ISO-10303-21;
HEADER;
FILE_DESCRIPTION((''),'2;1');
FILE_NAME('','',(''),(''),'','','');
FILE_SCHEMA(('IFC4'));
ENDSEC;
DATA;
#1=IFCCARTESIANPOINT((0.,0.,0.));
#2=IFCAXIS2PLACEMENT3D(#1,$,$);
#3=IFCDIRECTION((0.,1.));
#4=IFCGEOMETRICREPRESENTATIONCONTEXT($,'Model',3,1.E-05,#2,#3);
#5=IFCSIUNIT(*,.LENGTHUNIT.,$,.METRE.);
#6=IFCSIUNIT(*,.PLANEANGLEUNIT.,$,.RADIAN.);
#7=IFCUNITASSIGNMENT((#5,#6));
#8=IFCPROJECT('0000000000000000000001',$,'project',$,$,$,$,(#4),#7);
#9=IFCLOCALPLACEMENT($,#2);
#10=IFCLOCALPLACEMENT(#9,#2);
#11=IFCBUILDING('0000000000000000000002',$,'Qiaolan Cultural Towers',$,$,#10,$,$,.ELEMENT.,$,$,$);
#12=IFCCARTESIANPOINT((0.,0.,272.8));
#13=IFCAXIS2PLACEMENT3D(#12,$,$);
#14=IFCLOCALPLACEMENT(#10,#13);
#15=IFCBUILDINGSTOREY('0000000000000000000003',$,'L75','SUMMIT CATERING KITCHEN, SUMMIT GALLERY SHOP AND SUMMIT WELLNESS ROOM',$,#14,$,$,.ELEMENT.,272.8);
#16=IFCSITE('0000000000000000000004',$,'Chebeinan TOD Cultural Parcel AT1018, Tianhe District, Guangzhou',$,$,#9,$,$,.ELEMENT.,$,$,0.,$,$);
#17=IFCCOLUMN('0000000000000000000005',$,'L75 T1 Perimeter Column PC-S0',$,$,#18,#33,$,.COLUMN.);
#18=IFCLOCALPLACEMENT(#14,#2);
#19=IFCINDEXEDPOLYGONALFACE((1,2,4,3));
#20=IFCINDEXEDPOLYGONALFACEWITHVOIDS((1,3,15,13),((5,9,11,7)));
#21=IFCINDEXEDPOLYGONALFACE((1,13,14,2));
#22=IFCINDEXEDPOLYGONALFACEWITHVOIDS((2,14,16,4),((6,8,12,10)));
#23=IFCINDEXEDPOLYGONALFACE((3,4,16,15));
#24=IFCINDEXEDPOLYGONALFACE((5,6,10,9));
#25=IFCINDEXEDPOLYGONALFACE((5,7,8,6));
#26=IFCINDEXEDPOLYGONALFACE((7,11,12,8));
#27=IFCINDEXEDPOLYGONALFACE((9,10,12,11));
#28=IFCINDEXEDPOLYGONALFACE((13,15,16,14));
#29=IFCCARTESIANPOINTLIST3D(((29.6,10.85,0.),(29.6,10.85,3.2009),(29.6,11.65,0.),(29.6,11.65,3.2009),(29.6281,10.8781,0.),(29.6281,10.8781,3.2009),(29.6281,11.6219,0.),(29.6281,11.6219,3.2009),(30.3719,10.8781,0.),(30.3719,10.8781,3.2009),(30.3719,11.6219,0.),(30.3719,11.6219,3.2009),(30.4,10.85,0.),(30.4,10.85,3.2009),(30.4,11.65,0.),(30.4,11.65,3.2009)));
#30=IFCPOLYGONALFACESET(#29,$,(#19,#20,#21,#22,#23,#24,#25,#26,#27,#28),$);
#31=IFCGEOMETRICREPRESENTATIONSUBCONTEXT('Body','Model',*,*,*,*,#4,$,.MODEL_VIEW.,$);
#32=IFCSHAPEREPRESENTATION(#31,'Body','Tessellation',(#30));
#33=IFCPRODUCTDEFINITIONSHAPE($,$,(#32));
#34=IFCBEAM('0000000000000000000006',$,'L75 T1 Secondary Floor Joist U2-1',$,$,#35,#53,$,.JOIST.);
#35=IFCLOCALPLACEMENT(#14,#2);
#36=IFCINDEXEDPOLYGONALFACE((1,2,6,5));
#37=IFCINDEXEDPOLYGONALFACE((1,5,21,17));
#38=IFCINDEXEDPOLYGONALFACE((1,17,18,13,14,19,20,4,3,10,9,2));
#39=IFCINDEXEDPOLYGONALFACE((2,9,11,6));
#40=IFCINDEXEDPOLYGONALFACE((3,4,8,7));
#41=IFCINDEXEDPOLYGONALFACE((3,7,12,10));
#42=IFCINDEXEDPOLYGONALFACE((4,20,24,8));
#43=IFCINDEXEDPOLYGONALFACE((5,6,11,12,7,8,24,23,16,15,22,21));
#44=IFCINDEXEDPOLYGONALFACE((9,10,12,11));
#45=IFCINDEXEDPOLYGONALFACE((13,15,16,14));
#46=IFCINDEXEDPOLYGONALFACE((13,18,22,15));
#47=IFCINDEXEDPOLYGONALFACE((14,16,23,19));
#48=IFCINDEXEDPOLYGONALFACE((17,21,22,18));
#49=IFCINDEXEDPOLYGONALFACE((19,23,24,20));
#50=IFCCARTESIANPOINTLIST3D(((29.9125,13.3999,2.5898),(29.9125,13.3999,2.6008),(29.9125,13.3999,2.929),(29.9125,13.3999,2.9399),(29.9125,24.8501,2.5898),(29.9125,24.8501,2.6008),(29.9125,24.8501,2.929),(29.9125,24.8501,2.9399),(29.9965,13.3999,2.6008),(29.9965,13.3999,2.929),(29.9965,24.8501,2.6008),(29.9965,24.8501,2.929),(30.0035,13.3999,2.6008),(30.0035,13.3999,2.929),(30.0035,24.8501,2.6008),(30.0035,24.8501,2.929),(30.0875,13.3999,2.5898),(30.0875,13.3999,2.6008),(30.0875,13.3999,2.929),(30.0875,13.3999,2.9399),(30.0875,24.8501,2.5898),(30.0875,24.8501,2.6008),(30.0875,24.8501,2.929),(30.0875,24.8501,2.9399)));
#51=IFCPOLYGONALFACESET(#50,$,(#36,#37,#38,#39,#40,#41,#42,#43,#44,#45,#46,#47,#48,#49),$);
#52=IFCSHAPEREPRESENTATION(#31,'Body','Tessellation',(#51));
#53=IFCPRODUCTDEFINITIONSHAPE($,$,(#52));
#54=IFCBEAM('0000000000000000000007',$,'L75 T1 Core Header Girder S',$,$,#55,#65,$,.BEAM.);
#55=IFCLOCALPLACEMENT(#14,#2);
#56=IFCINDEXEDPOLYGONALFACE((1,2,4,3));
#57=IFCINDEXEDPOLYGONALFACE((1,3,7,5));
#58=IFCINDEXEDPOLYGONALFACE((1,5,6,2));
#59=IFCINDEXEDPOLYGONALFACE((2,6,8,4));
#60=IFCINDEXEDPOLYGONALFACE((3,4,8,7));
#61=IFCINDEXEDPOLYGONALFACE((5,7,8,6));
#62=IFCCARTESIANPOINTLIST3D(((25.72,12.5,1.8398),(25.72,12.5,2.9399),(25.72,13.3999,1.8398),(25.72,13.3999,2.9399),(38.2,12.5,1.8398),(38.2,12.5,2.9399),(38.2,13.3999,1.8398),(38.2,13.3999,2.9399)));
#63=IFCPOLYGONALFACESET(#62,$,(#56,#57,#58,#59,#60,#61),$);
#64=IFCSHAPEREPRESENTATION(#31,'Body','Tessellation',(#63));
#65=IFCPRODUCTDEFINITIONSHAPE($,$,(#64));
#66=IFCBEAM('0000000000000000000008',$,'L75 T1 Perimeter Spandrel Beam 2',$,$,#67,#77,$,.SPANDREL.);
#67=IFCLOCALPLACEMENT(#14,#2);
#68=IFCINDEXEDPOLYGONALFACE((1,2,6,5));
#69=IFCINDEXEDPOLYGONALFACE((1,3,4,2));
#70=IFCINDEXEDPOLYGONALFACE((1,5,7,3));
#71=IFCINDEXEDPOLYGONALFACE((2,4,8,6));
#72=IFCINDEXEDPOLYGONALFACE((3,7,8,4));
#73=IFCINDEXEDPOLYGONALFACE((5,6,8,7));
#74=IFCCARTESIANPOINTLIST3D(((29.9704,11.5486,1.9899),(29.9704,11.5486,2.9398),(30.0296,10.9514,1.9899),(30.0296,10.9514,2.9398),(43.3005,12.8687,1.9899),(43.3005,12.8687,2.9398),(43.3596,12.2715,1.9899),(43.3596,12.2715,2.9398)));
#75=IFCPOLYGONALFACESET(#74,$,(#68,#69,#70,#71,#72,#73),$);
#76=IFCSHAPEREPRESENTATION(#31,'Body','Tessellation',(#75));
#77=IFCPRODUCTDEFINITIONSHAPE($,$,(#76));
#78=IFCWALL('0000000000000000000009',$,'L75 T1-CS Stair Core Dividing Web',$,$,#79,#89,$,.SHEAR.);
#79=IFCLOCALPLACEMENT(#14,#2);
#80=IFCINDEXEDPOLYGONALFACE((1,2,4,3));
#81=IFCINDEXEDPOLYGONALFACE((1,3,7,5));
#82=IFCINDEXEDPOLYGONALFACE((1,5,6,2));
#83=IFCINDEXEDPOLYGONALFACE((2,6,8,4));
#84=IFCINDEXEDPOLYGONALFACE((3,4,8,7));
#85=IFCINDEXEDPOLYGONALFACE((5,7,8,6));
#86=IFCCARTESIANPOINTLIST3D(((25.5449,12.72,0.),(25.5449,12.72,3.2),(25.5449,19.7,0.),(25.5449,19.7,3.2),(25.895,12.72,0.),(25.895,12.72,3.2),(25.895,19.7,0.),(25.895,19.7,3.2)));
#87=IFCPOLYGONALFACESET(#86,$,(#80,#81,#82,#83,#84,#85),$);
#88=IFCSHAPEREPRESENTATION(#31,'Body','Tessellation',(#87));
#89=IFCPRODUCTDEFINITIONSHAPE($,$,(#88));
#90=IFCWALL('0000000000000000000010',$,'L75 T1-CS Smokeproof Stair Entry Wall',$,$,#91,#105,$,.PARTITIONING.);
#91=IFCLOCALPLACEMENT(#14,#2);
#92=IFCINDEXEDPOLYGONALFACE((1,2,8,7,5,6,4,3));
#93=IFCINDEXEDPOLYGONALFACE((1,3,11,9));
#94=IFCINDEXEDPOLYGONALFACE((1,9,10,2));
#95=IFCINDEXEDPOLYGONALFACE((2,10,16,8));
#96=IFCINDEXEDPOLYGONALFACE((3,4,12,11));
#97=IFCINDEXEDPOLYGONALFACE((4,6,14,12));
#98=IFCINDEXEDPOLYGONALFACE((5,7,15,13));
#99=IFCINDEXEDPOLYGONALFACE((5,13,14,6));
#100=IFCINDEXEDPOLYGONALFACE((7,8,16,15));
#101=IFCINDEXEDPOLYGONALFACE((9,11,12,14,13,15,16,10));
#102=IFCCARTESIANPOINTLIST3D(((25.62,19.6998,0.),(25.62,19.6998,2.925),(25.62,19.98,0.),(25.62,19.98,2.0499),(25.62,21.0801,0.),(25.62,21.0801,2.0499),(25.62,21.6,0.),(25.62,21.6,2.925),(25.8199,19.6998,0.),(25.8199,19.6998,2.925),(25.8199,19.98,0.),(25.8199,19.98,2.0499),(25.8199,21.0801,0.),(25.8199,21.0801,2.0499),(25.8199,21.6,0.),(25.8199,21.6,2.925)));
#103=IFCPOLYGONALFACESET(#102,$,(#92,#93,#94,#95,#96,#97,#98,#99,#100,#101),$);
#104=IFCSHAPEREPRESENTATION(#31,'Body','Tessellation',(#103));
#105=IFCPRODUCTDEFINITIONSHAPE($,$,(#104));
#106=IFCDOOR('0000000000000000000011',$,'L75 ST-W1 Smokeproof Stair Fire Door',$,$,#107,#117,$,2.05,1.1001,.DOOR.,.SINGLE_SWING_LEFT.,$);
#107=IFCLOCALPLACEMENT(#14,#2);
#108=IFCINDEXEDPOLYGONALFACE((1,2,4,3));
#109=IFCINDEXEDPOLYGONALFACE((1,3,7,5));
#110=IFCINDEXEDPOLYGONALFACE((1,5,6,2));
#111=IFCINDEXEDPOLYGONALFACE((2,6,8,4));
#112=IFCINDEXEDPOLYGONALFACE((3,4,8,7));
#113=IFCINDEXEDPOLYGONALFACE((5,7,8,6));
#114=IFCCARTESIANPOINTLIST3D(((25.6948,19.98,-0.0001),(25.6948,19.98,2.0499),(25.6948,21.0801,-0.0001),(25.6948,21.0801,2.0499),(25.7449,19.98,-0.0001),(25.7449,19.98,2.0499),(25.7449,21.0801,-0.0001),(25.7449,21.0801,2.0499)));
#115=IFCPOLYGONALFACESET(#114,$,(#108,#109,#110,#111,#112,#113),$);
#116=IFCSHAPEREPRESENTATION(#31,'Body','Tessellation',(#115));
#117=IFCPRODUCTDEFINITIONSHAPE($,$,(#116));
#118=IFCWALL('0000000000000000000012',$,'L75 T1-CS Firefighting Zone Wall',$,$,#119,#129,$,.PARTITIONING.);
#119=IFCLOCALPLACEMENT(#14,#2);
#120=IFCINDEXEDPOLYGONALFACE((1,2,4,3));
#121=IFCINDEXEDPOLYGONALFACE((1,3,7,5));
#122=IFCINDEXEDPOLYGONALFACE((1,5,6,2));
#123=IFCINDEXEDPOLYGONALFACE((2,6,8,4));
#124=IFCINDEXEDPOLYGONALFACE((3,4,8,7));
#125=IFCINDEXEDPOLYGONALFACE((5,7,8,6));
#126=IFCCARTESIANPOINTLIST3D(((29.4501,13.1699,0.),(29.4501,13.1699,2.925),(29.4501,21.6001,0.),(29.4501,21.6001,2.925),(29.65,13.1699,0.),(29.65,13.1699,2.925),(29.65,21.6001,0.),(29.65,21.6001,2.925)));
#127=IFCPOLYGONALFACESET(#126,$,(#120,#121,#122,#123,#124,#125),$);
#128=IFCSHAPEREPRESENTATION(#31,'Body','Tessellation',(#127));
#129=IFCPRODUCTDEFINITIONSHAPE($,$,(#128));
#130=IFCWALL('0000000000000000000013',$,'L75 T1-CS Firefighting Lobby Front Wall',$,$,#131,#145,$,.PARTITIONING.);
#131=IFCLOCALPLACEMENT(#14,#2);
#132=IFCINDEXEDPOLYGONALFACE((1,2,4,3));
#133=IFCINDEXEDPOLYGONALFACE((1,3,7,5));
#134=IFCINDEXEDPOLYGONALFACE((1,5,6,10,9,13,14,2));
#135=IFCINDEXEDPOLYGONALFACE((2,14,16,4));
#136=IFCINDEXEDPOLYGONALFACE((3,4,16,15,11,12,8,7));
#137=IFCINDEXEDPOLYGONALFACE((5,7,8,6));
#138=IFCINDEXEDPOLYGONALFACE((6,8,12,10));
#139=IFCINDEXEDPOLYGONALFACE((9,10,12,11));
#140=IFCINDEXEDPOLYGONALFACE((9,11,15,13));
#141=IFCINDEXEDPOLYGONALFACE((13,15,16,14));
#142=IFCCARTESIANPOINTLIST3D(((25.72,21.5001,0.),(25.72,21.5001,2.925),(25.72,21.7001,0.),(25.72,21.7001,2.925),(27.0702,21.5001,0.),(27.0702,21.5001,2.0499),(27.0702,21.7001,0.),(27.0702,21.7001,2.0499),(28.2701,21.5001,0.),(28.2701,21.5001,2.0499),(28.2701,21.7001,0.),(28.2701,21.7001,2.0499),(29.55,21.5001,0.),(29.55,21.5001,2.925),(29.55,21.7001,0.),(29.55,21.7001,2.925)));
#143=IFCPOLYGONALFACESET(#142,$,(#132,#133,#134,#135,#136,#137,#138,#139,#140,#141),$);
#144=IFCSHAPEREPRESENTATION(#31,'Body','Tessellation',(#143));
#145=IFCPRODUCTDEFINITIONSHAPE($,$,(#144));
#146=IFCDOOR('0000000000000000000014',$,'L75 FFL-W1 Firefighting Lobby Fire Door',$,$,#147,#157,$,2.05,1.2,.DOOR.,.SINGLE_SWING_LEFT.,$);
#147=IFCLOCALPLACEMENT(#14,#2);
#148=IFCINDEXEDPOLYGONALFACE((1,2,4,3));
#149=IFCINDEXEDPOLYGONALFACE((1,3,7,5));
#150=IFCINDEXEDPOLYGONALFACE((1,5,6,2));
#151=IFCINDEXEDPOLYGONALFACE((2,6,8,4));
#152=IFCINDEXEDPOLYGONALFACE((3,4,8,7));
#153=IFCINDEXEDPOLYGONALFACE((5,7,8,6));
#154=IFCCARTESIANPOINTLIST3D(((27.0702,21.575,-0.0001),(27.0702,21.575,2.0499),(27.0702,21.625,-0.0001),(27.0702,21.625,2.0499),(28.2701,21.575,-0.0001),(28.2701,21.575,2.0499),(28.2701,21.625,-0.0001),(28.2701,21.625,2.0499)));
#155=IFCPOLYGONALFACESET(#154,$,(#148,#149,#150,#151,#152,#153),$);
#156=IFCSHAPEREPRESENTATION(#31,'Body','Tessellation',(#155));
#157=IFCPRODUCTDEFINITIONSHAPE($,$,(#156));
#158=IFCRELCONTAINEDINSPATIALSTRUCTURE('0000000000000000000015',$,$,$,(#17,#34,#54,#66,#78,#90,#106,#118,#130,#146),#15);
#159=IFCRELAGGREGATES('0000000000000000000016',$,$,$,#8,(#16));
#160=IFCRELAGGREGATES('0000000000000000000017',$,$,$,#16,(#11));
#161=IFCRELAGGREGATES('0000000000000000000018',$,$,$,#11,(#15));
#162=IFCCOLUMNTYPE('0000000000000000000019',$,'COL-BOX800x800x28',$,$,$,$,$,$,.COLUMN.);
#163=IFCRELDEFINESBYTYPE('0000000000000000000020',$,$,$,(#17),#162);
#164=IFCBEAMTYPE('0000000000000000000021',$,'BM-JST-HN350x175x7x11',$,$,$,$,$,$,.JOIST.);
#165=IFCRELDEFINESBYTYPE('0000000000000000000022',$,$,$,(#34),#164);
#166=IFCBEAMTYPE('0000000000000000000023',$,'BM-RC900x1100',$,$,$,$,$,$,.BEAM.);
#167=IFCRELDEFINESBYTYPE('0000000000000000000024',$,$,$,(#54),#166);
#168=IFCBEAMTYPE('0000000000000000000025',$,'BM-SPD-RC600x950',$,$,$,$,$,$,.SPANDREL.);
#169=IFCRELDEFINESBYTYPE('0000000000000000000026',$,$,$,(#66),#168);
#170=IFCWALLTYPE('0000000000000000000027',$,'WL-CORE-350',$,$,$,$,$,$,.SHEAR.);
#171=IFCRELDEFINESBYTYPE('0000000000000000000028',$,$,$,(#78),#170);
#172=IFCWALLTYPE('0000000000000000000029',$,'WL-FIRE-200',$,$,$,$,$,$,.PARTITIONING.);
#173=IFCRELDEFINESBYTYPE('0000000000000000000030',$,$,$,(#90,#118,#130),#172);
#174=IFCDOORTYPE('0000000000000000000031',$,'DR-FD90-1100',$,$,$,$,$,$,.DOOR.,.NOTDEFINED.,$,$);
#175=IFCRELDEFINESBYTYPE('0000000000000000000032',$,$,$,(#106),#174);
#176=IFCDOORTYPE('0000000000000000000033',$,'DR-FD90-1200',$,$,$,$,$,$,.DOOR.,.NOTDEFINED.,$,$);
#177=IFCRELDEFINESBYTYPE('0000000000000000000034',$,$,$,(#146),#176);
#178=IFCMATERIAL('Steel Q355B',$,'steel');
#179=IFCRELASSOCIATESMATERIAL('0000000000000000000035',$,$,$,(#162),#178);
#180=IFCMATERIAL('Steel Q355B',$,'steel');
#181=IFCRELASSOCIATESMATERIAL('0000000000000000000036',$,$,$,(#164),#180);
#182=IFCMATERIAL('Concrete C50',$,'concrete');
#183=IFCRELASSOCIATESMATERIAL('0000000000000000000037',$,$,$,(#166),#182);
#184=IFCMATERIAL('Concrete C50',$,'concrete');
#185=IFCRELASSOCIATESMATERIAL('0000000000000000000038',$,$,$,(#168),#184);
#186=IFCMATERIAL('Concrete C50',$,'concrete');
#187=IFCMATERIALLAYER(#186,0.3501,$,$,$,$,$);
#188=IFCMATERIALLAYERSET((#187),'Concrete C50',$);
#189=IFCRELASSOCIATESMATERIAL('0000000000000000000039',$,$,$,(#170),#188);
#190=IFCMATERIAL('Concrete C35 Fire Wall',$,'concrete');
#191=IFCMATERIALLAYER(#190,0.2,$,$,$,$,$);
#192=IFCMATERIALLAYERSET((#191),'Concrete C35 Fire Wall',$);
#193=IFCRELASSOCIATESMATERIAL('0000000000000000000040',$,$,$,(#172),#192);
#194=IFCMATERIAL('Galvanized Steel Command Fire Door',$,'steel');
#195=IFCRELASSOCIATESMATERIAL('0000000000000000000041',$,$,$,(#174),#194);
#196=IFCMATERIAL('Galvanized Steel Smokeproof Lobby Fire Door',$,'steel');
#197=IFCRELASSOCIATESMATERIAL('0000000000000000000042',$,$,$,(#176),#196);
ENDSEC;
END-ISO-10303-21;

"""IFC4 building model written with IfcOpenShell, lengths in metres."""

from ifc_helpers import new_model, si_unit, direction, frame, frame_2d, origin, origin_2d, place, context, subcontext, project, spatial, rectangle, hollow_rectangle, i_section, extrude, material, layer, layer_set, material_profile, profile_set, type_object, element, fill, save


model = new_model("IFC4")

# Units and contexts
model_context = context("Model", 3, precision=1e-05, world=origin(), true_north=direction((0.0, 1.0)))
body_context = subcontext(model_context, "Body", "Model", "MODEL_VIEW")
ifc_project = project(units=[si_unit("LENGTHUNIT", "METRE"), si_unit("PLANEANGLEUNIT", "RADIAN")], contexts=[model_context])

# Site, building, storey
site_placement = place(None, origin())
site = spatial("IfcSite", under=ifc_project, at=site_placement, Name="Chebeinan TOD Cultural Parcel AT1018, Tianhe District, Guangzhou", CompositionType="ELEMENT", RefElevation=0.0)
building_placement = place(site_placement, origin())
building = spatial("IfcBuilding", under=site, at=building_placement, Name="Qiaolan Cultural Towers", CompositionType="ELEMENT")
storey_placement = place(building_placement, frame((0.0, 0.0, 272.8)))
storey = spatial("IfcBuildingStorey", under=building, at=storey_placement, Name="L75", Description="SUMMIT CATERING KITCHEN, SUMMIT GALLERY SHOP AND SUMMIT WELLNESS ROOM", CompositionType="ELEMENT", Elevation=272.8)

# Column
ifc_material_1 = material(Name="Steel Q355B", Category="steel")
ifc_material_profile_1 = material_profile(ifc_material_1, hollow_rectangle(XDim=0.8, YDim=0.8, WallThickness=0.0281, at=origin_2d()), Name="BOX800x800x28")
ifc_profile_set_1 = profile_set([ifc_material_profile_1], Name="Steel Q355B")
column_type = type_object("IfcColumnType", Name="COL-BOX800x800x28", PredefinedType="COLUMN", material=ifc_profile_set_1)
column_placement = place(storey_placement, frame((30.0, 11.25, 0.0), z_axis=(0.0, 0.0, 1.0), x_axis=(1.0, 0.0, 0.0)))
element("IfcColumn", 1, at=column_placement, inside=storey, type_object=column_type, Name="L75 T1 Perimeter Column PC-S0", PredefinedType="COLUMN", context=body_context, shape_type="SweptSolid", body=[
    extrude(hollow_rectangle(XDim=0.8, YDim=0.8, WallThickness=0.0281, at=origin_2d()), origin(), (0.0, 0.0, 1.0), 3.2009),
])

# Beams
ifc_material_2 = material(Name="Steel Q355B", Category="steel")
ifc_material_profile_2 = material_profile(ifc_material_2, i_section(OverallWidth=0.175, OverallDepth=0.3501, WebThickness=0.0071, FlangeThickness=0.011, at=origin_2d()), Name="HN350x175x7x11")
ifc_profile_set_2 = profile_set([ifc_material_profile_2], Name="Steel Q355B")
beam_type_1 = type_object("IfcBeamType", Name="BM-JST-HN350x175x7x11", PredefinedType="JOIST", material=ifc_profile_set_2)
beam_1_placement = place(storey_placement, frame((30.0, 13.3999, 2.7649), z_axis=(0.0, 1.0, 0.0), x_axis=(-1.0, 0.0, 0.0)))
element("IfcBeam", 2, at=beam_1_placement, inside=storey, type_object=beam_type_1, Name="L75 T1 Secondary Floor Joist U2-1", PredefinedType="JOIST", context=body_context, shape_type="SweptSolid", body=[
    extrude(i_section(OverallWidth=0.175, OverallDepth=0.3501, WebThickness=0.0071, FlangeThickness=0.011, at=origin_2d()), origin(), (0.0, 0.0, 1.0), 11.4502),
])
ifc_material_3 = material(Name="Concrete C50", Category="concrete")
ifc_material_profile_3 = material_profile(ifc_material_3, rectangle(XDim=0.8999, YDim=1.1001, at=origin_2d()), Name="RC900x1100")
ifc_profile_set_3 = profile_set([ifc_material_profile_3], Name="Concrete C50")
beam_type_2 = type_object("IfcBeamType", Name="BM-RC900x1100", PredefinedType="BEAM", material=ifc_profile_set_3)
beam_2_placement = place(storey_placement, frame((25.72, 12.95, 2.3899), z_axis=(1.0, 0.0, 0.0), x_axis=(0.0, 1.0, 0.0)))
element("IfcBeam", 3, at=beam_2_placement, inside=storey, type_object=beam_type_2, Name="L75 T1 Core Header Girder S", PredefinedType="BEAM", context=body_context, shape_type="SweptSolid", body=[
    extrude(rectangle(XDim=0.8999, YDim=1.1001, at=origin_2d()), origin(), (0.0, 0.0, 1.0), 12.48),
])
ifc_material_4 = material(Name="Concrete C50", Category="concrete")
ifc_material_profile_4 = material_profile(ifc_material_4, rectangle(XDim=0.6001, YDim=0.95, at=origin_2d()), Name="RC600x950")
ifc_profile_set_4 = profile_set([ifc_material_profile_4], Name="Concrete C50")
beam_type_3 = type_object("IfcBeamType", Name="BM-SPD-RC600x950", PredefinedType="SPANDREL", material=ifc_profile_set_4)
beam_3_placement = place(storey_placement, frame((30.0, 11.25, 2.4648), z_axis=(0.995132, 0.098547, 0.0), x_axis=(-0.098547, 0.995132, 0.0)))
element("IfcBeam", 4, at=beam_3_placement, inside=storey, type_object=beam_type_3, Name="L75 T1 Perimeter Spandrel Beam 2", PredefinedType="SPANDREL", context=body_context, shape_type="SweptSolid", body=[
    extrude(rectangle(XDim=0.6001, YDim=0.95, at=origin_2d()), origin(), (0.0, 0.0, 1.0), 13.3953),
])

# Wall
ifc_material_5 = material(Name="Concrete C50", Category="concrete")
ifc_layer_1 = layer(ifc_material_5, 0.3501)
ifc_layer_set_1 = layer_set([ifc_layer_1], Name="Concrete C50")
wall_type_1 = type_object("IfcWallType", Name="WL-CORE-350", PredefinedType="SHEAR", material=ifc_layer_set_1)
wall_1_placement = place(storey_placement, frame((25.72, 19.7, 0.0), z_axis=(0.0, 0.0, 1.0), x_axis=(0.0, -1.0, 0.0)))
element("IfcWall", 5, at=wall_1_placement, inside=storey, type_object=wall_type_1, Name="L75 T1-CS Stair Core Dividing Web", PredefinedType="SHEAR", context=body_context, shape_type="SweptSolid", body=[
    extrude(rectangle(XDim=6.98, YDim=0.3501, at=frame_2d((3.49, 0.0))), origin(), (0.0, 0.0, 1.0), 3.2),
])

# Wall, opening, door
ifc_material_6 = material(Name="Concrete C35 Fire Wall", Category="concrete")
ifc_layer_2 = layer(ifc_material_6, 0.2)
ifc_layer_set_2 = layer_set([ifc_layer_2], Name="Concrete C35 Fire Wall")
wall_type_2 = type_object("IfcWallType", Name="WL-FIRE-200", PredefinedType="PARTITIONING", material=ifc_layer_set_2)
wall_2_placement = place(storey_placement, frame((25.72, 21.6001, 0.0), z_axis=(0.0, 0.0, 1.0), x_axis=(0.0, -1.0, 0.0)))
wall_2 = element("IfcWall", 6, at=wall_2_placement, inside=storey, type_object=wall_type_2, Name="L75 T1-CS Smokeproof Stair Entry Wall", PredefinedType="PARTITIONING", context=body_context, shape_type="SweptSolid", body=[
    extrude(rectangle(XDim=1.9001, YDim=0.2, at=frame_2d((0.9502, 0.0))), origin(), (0.0, 0.0, 1.0), 2.925),
])
opening_1_placement = place(wall_2_placement, frame((0.52, 0.0, 0.0)))
opening_1 = element("IfcOpeningElement", 7, at=opening_1_placement, cuts=wall_2, PredefinedType="OPENING", context=body_context, shape_type="SweptSolid", body=[
    extrude(rectangle(XDim=1.1001, YDim=2.05, at=frame_2d((0.55, 1.0249))), frame((0.0, 0.1099, 0.0), z_axis=(0.0, -1.0, 0.0), x_axis=(1.0, 0.0, 0.0)), (0.0, 0.0, 1.0), 0.22),
])
ifc_material_7 = material(Name="Galvanized Steel Command Fire Door", Category="steel")
door_type_1 = type_object("IfcDoorType", Name="DR-FD90-1100", OperationType="NOTDEFINED", PredefinedType="DOOR", material=ifc_material_7)
door_1_placement = place(opening_1_placement, origin())
door_1 = element("IfcDoor", 8, at=door_1_placement, inside=storey, type_object=door_type_1, Name="L75 ST-W1 Smokeproof Stair Fire Door", OperationType="SINGLE_SWING_LEFT", OverallHeight=2.05, OverallWidth=1.1001, PredefinedType="DOOR", context=body_context, shape_type="SweptSolid", body=[
    extrude(rectangle(XDim=1.1001, YDim=2.05, at=frame_2d((0.55, 1.0249))), frame((0.0, 0.0249, 0.0), z_axis=(0.0, -1.0, 0.0), x_axis=(1.0, 0.0, 0.0)), (0.0, 0.0, 1.0), 0.05),
])
fill(opening_1, door_1)

# Wall
wall_3_placement = place(storey_placement, frame((29.55, 21.6001, 0.0), z_axis=(0.0, 0.0, 1.0), x_axis=(0.0, -1.0, 0.0)))
element("IfcWall", 9, at=wall_3_placement, inside=storey, type_object=wall_type_2, Name="L75 T1-CS Firefighting Zone Wall", PredefinedType="PARTITIONING", context=body_context, shape_type="SweptSolid", body=[
    extrude(rectangle(XDim=8.4302, YDim=0.2, at=frame_2d((4.2151, 0.0))), origin(), (0.0, 0.0, 1.0), 2.925),
])

# Wall, opening, door
wall_4_placement = place(storey_placement, frame((25.72, 21.6001, 0.0), z_axis=(0.0, 0.0, 1.0), x_axis=(1.0, 0.0, 0.0)))
wall_4 = element("IfcWall", 10, at=wall_4_placement, inside=storey, type_object=wall_type_2, Name="L75 T1-CS Firefighting Lobby Front Wall", PredefinedType="PARTITIONING", context=body_context, shape_type="SweptSolid", body=[
    extrude(rectangle(XDim=3.8301, YDim=0.2, at=frame_2d((1.915, 0.0))), origin(), (0.0, 0.0, 1.0), 2.925),
])
opening_2_placement = place(wall_4_placement, frame((1.3501, 0.0, 0.0)))
opening_2 = element("IfcOpeningElement", 11, at=opening_2_placement, cuts=wall_4, PredefinedType="OPENING", context=body_context, shape_type="SweptSolid", body=[
    extrude(rectangle(XDim=1.2, YDim=2.05, at=frame_2d((0.6001, 1.0249))), frame((0.0, 0.1099, 0.0), z_axis=(0.0, -1.0, 0.0), x_axis=(1.0, 0.0, 0.0)), (0.0, 0.0, 1.0), 0.22),
])
ifc_material_8 = material(Name="Galvanized Steel Smokeproof Lobby Fire Door", Category="steel")
door_type_2 = type_object("IfcDoorType", Name="DR-FD90-1200", OperationType="NOTDEFINED", PredefinedType="DOOR", material=ifc_material_8)
door_2_placement = place(opening_2_placement, origin())
door_2 = element("IfcDoor", 12, at=door_2_placement, inside=storey, type_object=door_type_2, Name="L75 FFL-W1 Firefighting Lobby Fire Door", OperationType="SINGLE_SWING_LEFT", OverallHeight=2.05, OverallWidth=1.2, PredefinedType="DOOR", context=body_context, shape_type="SweptSolid", body=[
    extrude(rectangle(XDim=1.2, YDim=2.05, at=frame_2d((0.6001, 1.0249))), frame((0.0, 0.0249, 0.0), z_axis=(0.0, -1.0, 0.0), x_axis=(1.0, 0.0, 0.0)), (0.0, 0.0, 1.0), 0.05),
])
fill(opening_2, door_2)

save(model, "model.ifc")
